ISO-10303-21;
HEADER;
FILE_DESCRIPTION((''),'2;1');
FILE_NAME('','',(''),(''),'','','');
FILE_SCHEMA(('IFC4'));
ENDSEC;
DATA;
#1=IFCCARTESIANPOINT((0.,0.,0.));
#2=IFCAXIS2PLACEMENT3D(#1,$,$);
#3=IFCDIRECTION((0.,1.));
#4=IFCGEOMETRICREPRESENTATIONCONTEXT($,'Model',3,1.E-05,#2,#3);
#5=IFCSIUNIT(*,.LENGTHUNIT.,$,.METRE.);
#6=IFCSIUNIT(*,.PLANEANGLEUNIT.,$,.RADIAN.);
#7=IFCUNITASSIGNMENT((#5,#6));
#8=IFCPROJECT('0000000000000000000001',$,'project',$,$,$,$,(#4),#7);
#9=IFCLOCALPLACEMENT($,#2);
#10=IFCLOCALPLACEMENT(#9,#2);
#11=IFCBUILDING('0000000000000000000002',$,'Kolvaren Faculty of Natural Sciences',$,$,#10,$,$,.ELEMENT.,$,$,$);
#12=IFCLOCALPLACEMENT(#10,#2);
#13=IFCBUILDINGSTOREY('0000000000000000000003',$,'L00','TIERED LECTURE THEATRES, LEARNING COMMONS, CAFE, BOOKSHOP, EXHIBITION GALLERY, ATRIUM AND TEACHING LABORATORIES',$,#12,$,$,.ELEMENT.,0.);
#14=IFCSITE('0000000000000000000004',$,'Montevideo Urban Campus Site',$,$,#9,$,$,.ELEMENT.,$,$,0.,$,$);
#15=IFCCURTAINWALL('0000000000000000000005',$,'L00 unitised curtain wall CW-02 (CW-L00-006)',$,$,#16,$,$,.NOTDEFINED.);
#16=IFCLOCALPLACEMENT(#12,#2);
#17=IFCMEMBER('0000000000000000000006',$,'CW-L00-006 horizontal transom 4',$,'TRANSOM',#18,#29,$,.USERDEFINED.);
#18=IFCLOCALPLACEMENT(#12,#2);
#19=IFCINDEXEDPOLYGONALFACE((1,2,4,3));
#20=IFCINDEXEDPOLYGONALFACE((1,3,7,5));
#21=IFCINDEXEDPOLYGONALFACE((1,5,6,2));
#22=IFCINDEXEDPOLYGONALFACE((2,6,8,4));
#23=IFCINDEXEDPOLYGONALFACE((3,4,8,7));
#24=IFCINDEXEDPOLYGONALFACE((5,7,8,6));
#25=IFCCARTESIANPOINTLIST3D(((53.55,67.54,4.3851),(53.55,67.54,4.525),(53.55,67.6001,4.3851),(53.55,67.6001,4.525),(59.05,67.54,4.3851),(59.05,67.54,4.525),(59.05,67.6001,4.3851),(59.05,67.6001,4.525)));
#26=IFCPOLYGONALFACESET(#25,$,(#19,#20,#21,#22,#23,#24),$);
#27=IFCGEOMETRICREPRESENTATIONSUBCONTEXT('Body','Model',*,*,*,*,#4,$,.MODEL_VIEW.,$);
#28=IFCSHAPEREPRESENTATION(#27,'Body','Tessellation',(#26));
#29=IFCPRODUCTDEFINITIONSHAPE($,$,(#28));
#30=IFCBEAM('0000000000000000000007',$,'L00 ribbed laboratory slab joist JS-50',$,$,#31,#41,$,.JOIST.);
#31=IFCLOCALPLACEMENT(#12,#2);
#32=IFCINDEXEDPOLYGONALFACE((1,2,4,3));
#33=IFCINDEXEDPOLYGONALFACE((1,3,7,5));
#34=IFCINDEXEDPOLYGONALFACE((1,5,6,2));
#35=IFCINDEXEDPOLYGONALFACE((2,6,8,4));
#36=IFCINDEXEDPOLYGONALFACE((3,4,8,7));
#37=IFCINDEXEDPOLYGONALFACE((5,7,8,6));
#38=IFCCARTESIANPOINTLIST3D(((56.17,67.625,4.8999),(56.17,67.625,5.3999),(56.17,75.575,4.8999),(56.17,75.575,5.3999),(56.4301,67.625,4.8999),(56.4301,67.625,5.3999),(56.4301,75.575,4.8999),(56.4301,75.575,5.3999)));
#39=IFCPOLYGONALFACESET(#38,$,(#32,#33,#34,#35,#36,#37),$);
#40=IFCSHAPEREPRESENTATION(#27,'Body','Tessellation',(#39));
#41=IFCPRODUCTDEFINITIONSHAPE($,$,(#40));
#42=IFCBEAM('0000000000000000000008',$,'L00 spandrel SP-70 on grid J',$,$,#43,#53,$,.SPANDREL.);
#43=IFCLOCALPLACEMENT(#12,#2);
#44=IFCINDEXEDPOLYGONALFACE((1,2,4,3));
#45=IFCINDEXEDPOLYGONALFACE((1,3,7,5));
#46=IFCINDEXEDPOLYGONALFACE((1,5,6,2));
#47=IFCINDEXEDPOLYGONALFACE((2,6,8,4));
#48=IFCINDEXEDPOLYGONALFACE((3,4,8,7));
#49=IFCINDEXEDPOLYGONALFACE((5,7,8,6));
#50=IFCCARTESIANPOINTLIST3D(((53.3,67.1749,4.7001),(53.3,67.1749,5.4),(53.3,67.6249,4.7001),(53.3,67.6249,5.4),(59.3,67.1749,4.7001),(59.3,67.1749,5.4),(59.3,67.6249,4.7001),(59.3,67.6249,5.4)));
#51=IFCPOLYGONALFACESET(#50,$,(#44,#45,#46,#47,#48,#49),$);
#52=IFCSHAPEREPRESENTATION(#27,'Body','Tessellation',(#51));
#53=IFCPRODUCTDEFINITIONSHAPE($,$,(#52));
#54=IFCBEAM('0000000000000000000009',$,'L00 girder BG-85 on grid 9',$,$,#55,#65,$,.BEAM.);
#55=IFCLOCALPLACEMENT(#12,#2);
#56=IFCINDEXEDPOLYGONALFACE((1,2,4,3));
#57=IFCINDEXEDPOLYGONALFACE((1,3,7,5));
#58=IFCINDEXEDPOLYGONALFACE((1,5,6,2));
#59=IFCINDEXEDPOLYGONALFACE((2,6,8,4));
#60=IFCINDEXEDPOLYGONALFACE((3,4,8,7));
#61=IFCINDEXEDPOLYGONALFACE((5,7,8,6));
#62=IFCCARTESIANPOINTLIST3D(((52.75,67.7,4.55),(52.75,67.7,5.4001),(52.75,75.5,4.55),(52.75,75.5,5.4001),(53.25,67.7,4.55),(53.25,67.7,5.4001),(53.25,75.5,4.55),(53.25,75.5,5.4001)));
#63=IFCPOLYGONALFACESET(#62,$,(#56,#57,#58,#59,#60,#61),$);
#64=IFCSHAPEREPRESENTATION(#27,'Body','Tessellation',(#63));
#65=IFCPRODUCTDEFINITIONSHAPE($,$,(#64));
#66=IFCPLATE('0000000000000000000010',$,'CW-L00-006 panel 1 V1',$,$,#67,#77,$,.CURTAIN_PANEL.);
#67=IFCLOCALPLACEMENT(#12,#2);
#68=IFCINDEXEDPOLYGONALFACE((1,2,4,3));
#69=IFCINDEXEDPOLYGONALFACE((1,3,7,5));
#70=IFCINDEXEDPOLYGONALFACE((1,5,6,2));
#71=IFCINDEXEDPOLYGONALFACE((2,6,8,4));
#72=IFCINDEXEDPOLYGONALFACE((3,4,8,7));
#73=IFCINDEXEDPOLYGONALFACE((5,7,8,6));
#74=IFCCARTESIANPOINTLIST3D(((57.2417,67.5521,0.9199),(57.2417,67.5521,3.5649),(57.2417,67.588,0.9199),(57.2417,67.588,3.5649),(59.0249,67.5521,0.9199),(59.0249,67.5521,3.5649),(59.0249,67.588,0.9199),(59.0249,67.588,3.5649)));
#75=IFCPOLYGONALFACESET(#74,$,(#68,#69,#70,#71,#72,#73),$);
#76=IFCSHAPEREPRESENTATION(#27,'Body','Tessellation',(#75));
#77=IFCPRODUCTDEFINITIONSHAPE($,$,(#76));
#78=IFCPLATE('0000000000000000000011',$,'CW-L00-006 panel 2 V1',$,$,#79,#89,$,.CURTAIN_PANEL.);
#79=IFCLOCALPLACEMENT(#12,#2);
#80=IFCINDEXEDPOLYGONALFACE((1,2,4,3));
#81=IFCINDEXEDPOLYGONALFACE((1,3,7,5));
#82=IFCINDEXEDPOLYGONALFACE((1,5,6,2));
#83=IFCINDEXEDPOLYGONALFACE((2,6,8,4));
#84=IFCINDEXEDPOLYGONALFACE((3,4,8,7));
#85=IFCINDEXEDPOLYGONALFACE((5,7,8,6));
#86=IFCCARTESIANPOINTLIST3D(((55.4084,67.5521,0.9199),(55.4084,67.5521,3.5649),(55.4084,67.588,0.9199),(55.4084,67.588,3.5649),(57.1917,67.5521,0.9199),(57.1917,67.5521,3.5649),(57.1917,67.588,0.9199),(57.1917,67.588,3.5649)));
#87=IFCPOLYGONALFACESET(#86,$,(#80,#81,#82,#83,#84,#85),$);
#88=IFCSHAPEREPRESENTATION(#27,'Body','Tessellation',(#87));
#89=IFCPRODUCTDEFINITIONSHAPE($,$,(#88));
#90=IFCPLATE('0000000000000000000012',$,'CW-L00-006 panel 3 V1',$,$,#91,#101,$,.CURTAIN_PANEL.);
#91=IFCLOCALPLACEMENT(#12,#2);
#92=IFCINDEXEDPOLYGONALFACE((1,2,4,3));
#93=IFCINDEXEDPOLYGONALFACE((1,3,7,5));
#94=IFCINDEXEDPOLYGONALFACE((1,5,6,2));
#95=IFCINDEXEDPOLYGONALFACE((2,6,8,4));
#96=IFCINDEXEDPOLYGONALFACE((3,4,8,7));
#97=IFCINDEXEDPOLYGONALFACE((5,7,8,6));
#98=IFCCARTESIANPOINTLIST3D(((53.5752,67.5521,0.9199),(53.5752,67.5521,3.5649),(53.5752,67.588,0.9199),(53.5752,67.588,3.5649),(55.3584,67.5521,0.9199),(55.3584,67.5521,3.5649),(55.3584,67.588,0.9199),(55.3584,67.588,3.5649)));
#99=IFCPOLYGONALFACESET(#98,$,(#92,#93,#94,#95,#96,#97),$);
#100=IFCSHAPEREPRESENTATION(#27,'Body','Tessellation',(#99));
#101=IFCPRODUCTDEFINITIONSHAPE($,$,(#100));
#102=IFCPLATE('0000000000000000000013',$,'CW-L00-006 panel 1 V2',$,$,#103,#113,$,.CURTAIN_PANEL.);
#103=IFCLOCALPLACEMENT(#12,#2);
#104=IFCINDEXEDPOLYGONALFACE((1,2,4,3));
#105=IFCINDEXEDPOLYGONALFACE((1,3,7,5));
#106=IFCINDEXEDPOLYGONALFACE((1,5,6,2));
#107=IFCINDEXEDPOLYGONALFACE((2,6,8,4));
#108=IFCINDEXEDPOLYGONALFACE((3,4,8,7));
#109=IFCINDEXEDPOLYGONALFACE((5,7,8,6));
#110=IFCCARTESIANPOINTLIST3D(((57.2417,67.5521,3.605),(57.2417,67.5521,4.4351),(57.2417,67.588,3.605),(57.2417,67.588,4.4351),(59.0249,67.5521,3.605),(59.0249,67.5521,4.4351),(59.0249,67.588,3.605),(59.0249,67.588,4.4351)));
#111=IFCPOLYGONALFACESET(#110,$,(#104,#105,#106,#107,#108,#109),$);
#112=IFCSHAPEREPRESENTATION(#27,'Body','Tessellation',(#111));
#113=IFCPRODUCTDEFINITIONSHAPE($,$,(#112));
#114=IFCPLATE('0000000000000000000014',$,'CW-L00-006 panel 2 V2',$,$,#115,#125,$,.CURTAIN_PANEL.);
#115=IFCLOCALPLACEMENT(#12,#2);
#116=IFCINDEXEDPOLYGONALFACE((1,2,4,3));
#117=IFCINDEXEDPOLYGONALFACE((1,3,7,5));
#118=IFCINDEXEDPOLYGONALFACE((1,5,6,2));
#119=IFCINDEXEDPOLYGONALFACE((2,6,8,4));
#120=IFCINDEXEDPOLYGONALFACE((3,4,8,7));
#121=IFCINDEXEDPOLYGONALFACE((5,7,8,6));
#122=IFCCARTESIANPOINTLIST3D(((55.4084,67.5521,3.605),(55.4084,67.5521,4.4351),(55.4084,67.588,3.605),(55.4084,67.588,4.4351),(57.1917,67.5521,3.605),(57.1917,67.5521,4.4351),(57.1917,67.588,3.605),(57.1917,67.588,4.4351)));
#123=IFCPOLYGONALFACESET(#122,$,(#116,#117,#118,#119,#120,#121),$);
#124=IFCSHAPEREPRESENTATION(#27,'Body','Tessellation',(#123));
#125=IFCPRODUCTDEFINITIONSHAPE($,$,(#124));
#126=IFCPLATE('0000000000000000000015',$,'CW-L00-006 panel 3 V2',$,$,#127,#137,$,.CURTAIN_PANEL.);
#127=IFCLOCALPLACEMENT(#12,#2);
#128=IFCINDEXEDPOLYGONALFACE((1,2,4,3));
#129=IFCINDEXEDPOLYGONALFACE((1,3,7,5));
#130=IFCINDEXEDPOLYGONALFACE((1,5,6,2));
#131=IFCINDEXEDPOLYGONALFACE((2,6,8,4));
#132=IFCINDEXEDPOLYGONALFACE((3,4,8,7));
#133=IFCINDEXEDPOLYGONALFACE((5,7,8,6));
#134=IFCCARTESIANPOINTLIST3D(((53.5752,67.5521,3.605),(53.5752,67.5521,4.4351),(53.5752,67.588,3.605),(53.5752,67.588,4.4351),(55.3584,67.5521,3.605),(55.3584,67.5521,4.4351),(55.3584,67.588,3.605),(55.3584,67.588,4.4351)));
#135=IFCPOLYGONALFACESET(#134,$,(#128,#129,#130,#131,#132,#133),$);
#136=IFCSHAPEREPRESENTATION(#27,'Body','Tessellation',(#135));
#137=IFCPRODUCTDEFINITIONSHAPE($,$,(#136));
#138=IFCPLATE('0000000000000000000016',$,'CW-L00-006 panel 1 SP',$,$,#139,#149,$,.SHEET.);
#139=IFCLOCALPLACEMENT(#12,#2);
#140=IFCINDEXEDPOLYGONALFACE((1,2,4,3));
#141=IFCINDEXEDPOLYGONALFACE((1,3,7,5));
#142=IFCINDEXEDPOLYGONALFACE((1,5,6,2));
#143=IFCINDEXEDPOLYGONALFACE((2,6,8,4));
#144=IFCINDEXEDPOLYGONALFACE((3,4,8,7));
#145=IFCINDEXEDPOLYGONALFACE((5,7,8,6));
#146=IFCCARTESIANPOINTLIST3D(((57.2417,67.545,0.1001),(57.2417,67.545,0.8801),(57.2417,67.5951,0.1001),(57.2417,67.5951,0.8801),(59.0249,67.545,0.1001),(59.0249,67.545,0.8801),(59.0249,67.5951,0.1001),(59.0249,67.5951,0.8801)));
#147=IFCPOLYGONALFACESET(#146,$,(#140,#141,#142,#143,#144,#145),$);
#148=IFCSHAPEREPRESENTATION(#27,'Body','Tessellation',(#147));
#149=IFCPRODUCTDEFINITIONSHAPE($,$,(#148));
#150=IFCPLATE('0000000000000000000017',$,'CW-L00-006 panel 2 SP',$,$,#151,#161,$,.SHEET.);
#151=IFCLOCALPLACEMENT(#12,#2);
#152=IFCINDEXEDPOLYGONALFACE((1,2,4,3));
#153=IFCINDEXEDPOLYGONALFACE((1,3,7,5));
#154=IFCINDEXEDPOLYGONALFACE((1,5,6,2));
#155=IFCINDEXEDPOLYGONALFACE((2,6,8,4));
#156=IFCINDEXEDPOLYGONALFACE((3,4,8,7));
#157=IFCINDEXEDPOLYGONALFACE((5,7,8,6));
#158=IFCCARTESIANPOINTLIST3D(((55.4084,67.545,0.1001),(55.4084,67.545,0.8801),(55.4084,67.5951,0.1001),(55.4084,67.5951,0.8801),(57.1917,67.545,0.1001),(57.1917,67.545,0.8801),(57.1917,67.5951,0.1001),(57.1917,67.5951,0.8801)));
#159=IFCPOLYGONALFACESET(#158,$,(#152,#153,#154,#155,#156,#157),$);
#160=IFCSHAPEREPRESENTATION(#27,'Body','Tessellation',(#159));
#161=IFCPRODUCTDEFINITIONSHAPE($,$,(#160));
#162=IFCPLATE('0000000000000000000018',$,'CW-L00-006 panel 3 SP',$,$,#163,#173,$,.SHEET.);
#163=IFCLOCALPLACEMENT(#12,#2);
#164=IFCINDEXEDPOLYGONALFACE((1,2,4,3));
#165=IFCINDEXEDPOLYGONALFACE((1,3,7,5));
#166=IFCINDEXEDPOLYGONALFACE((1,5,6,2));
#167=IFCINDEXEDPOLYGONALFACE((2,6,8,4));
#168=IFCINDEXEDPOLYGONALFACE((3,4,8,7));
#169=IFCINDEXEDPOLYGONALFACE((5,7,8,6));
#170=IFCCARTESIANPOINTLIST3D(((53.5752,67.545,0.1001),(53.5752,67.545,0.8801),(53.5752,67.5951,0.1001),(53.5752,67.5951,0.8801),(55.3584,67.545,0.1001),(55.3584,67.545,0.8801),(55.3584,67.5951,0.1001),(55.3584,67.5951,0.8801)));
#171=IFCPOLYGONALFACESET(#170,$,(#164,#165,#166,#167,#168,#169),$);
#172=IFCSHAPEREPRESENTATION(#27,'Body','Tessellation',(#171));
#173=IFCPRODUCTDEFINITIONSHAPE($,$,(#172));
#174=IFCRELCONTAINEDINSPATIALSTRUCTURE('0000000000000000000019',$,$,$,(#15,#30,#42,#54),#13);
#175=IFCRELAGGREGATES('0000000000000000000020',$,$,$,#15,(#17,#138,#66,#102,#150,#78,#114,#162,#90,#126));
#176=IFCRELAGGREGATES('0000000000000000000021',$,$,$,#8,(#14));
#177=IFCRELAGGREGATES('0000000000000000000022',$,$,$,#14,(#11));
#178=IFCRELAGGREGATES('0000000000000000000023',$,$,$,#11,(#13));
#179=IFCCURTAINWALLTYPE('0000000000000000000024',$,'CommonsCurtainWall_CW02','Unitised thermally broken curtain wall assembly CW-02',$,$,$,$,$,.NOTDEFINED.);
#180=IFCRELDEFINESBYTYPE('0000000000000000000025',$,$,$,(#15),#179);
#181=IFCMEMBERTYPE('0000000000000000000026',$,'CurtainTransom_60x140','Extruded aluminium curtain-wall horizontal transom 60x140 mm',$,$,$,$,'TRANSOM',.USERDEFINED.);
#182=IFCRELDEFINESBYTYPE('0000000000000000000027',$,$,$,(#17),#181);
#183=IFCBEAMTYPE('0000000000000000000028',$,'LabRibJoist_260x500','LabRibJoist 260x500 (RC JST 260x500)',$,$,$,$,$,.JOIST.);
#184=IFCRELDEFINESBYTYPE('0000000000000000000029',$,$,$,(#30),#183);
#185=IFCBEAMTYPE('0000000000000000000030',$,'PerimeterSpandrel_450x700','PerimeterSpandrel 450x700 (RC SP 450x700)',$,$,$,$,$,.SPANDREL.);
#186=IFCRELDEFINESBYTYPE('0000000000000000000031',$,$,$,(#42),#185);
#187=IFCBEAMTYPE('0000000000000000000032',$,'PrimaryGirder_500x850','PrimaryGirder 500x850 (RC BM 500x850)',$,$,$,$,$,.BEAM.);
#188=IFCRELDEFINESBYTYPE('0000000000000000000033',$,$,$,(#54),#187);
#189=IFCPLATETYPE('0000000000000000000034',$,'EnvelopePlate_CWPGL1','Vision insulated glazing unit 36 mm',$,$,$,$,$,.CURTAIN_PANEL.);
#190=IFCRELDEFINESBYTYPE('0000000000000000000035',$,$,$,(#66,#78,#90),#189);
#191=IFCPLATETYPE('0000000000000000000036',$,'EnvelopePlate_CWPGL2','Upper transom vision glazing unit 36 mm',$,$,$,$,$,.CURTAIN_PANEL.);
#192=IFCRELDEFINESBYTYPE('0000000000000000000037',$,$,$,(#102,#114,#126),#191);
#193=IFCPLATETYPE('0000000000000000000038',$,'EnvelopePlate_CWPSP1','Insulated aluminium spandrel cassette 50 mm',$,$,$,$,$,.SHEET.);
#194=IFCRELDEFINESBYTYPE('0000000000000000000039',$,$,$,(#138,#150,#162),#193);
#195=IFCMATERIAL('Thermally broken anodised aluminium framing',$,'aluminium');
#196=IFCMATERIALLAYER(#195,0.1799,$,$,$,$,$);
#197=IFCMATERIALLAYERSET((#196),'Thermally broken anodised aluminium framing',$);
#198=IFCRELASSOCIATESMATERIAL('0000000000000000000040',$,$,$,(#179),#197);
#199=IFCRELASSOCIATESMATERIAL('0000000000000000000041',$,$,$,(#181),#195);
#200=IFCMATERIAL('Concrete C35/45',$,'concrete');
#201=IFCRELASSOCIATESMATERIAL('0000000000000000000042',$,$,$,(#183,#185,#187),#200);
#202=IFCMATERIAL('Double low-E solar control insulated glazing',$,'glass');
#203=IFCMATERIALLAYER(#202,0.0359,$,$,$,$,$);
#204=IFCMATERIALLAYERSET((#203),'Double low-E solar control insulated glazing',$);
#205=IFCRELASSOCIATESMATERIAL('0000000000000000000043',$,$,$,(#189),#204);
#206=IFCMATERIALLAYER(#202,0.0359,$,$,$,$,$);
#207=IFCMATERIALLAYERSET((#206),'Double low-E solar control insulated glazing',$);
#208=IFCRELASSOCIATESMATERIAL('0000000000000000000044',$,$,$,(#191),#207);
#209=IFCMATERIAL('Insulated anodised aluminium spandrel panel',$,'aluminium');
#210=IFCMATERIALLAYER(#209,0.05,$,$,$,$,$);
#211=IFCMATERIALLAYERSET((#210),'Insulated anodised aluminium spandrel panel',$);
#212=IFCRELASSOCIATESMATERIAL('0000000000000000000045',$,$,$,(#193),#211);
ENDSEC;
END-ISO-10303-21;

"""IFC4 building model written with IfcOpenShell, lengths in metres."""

from ifc_helpers import new_model, si_unit, direction, frame, origin, origin_2d, place, context, subcontext, project, spatial, rectangle, extrude, material, layer, layer_set, material_profile, profile_set, type_object, element, aggregate, save


model = new_model("IFC4")

# Units and contexts
model_context = context("Model", 3, precision=1e-05, world=origin(), true_north=direction((0.0, 1.0)))
body_context = subcontext(model_context, "Body", "Model", "MODEL_VIEW")
ifc_project = project(units=[si_unit("LENGTHUNIT", "METRE"), si_unit("PLANEANGLEUNIT", "RADIAN")], contexts=[model_context])

# Site, building, storey
site_placement = place(None, origin())
site = spatial("IfcSite", under=ifc_project, at=site_placement, Name="Montevideo Urban Campus Site", CompositionType="ELEMENT", RefElevation=0.0)
building_placement = place(site_placement, origin())
building = spatial("IfcBuilding", under=site, at=building_placement, Name="Kolvaren Faculty of Natural Sciences", CompositionType="ELEMENT")
storey_placement = place(building_placement, origin())
storey = spatial("IfcBuildingStorey", under=building, at=storey_placement, Name="L00", Description="TIERED LECTURE THEATRES, LEARNING COMMONS, CAFE, BOOKSHOP, EXHIBITION GALLERY, ATRIUM AND TEACHING LABORATORIES", CompositionType="ELEMENT", Elevation=0.0)

# Shared definitions
ifc_material_1 = material(Name="Concrete C35/45", Category="concrete")

# Curtain wall, member
ifc_material_2 = material(Name="Thermally broken anodised aluminium framing", Category="aluminium")
ifc_layer_1 = layer(ifc_material_2, 0.1799)
ifc_layer_set_1 = layer_set([ifc_layer_1], Name="Thermally broken anodised aluminium framing")
curtain_wall_type = type_object("IfcCurtainWallType", Name="CommonsCurtainWall_CW02", Description="Unitised thermally broken curtain wall assembly CW-02", PredefinedType="NOTDEFINED", material=ifc_layer_set_1)
curtain_wall_placement = place(storey_placement, origin())
curtain_wall = element("IfcCurtainWall", 1, at=curtain_wall_placement, inside=storey, type_object=curtain_wall_type, Name="L00 unitised curtain wall CW-02 (CW-L00-006)", PredefinedType="NOTDEFINED")
ifc_material_profile_1 = material_profile(ifc_material_2, rectangle(XDim=0.0601, YDim=0.1399, at=origin_2d()), Name="ALU TRN 60x140")
ifc_profile_set_1 = profile_set([ifc_material_profile_1], Name="Thermally broken anodised aluminium framing")
member_type_1 = type_object("IfcMemberType", Name="CurtainTransom_60x140", Description="Extruded aluminium curtain-wall horizontal transom 60x140 mm", ElementType="TRANSOM", PredefinedType="USERDEFINED", material=ifc_profile_set_1)
member_1_placement = place(storey_placement, frame((59.05, 67.5701, 4.4551), z_axis=(-1.0, 0.0, 0.0), x_axis=(0.0, -1.0, 0.0)))
member_1 = element("IfcMember", 2, at=member_1_placement, type_object=member_type_1, Name="CW-L00-006 horizontal transom 4", ObjectType="TRANSOM", PredefinedType="USERDEFINED", context=body_context, shape_type="SweptSolid", body=[
    extrude(rectangle(XDim=0.0601, YDim=0.1399, at=origin_2d()), origin(), (0.0, 0.0, 1.0), 5.5),
])

# Beams
ifc_material_profile_2 = material_profile(ifc_material_1, rectangle(XDim=0.26, YDim=0.5, at=origin_2d()), Name="RC JST 260x500")
ifc_profile_set_2 = profile_set([ifc_material_profile_2], Name="Concrete C35/45")
beam_type_1 = type_object("IfcBeamType", Name="LabRibJoist_260x500", Description="LabRibJoist 260x500 (RC JST 260x500)", PredefinedType="JOIST", material=ifc_profile_set_2)
beam_1_placement = place(storey_placement, frame((56.3, 67.625, 5.1499), z_axis=(0.0, 1.0, 0.0), x_axis=(-1.0, 0.0, 0.0)))
element("IfcBeam", 3, at=beam_1_placement, inside=storey, type_object=beam_type_1, Name="L00 ribbed laboratory slab joist JS-50", PredefinedType="JOIST", context=body_context, shape_type="SweptSolid", body=[
    extrude(rectangle(XDim=0.26, YDim=0.5, at=origin_2d()), origin(), (0.0, 0.0, 1.0), 7.95),
])
ifc_material_profile_3 = material_profile(ifc_material_1, rectangle(XDim=0.45, YDim=0.7, at=origin_2d()), Name="RC SP 450x700")
ifc_profile_set_3 = profile_set([ifc_material_profile_3], Name="Concrete C35/45")
beam_type_2 = type_object("IfcBeamType", Name="PerimeterSpandrel_450x700", Description="PerimeterSpandrel 450x700 (RC SP 450x700)", PredefinedType="SPANDREL", material=ifc_profile_set_3)
beam_2_placement = place(storey_placement, frame((53.3, 67.3999, 5.05), z_axis=(1.0, 0.0, 0.0), x_axis=(0.0, 1.0, 0.0)))
element("IfcBeam", 4, at=beam_2_placement, inside=storey, type_object=beam_type_2, Name="L00 spandrel SP-70 on grid J", PredefinedType="SPANDREL", context=body_context, shape_type="SweptSolid", body=[
    extrude(rectangle(XDim=0.45, YDim=0.7, at=origin_2d()), origin(), (0.0, 0.0, 1.0), 6.0),
])
ifc_material_profile_4 = material_profile(ifc_material_1, rectangle(XDim=0.5, YDim=0.8501, at=origin_2d()), Name="RC BM 500x850")
ifc_profile_set_4 = profile_set([ifc_material_profile_4], Name="Concrete C35/45")
beam_type_3 = type_object("IfcBeamType", Name="PrimaryGirder_500x850", Description="PrimaryGirder 500x850 (RC BM 500x850)", PredefinedType="BEAM", material=ifc_profile_set_4)
beam_3_placement = place(storey_placement, frame((53.0, 67.7, 4.9751), z_axis=(0.0, 1.0, 0.0), x_axis=(-1.0, 0.0, 0.0)))
element("IfcBeam", 5, at=beam_3_placement, inside=storey, type_object=beam_type_3, Name="L00 girder BG-85 on grid 9", PredefinedType="BEAM", context=body_context, shape_type="SweptSolid", body=[
    extrude(rectangle(XDim=0.5, YDim=0.8501, at=origin_2d()), origin(), (0.0, 0.0, 1.0), 7.8),
])

# Plates
ifc_material_3 = material(Name="Double low-E solar control insulated glazing", Category="glass")
ifc_layer_2 = layer(ifc_material_3, 0.0359)
ifc_layer_set_2 = layer_set([ifc_layer_2], Name="Double low-E solar control insulated glazing")
plate_type_1 = type_object("IfcPlateType", Name="EnvelopePlate_CWPGL1", Description="Vision insulated glazing unit 36 mm", PredefinedType="CURTAIN_PANEL", material=ifc_layer_set_2)
plate_1_placement = place(storey_placement, frame((58.1333, 67.5701, 0.9199), z_axis=(0.0, 0.0, 1.0), x_axis=(-1.0, 0.0, 0.0)))
plate_1 = element("IfcPlate", 6, at=plate_1_placement, type_object=plate_type_1, Name="CW-L00-006 panel 1 V1", PredefinedType="CURTAIN_PANEL", context=body_context, shape_type="SweptSolid", body=[
    extrude(rectangle(XDim=1.7832, YDim=0.0359, at=origin_2d()), origin(), (0.0, 0.0, 1.0), 2.645),
])
plate_2_placement = place(storey_placement, frame((56.3, 67.5701, 0.9199), z_axis=(0.0, 0.0, 1.0), x_axis=(-1.0, 0.0, 0.0)))
plate_2 = element("IfcPlate", 7, at=plate_2_placement, type_object=plate_type_1, Name="CW-L00-006 panel 2 V1", PredefinedType="CURTAIN_PANEL", context=body_context, shape_type="SweptSolid", body=[
    extrude(rectangle(XDim=1.7832, YDim=0.0359, at=origin_2d()), origin(), (0.0, 0.0, 1.0), 2.645),
])
plate_3_placement = place(storey_placement, frame((54.4668, 67.5701, 0.9199), z_axis=(0.0, 0.0, 1.0), x_axis=(-1.0, 0.0, 0.0)))
plate_3 = element("IfcPlate", 8, at=plate_3_placement, type_object=plate_type_1, Name="CW-L00-006 panel 3 V1", PredefinedType="CURTAIN_PANEL", context=body_context, shape_type="SweptSolid", body=[
    extrude(rectangle(XDim=1.7832, YDim=0.0359, at=origin_2d()), origin(), (0.0, 0.0, 1.0), 2.645),
])
ifc_layer_3 = layer(ifc_material_3, 0.0359)
ifc_layer_set_3 = layer_set([ifc_layer_3], Name="Double low-E solar control insulated glazing")
plate_type_2 = type_object("IfcPlateType", Name="EnvelopePlate_CWPGL2", Description="Upper transom vision glazing unit 36 mm", PredefinedType="CURTAIN_PANEL", material=ifc_layer_set_3)
plate_4_placement = place(storey_placement, frame((58.1333, 67.5701, 3.605), z_axis=(0.0, 0.0, 1.0), x_axis=(-1.0, 0.0, 0.0)))
plate_4 = element("IfcPlate", 9, at=plate_4_placement, type_object=plate_type_2, Name="CW-L00-006 panel 1 V2", PredefinedType="CURTAIN_PANEL", context=body_context, shape_type="SweptSolid", body=[
    extrude(rectangle(XDim=1.7832, YDim=0.0359, at=origin_2d()), origin(), (0.0, 0.0, 1.0), 0.8301),
])
plate_5_placement = place(storey_placement, frame((56.3, 67.5701, 3.605), z_axis=(0.0, 0.0, 1.0), x_axis=(-1.0, 0.0, 0.0)))
plate_5 = element("IfcPlate", 10, at=plate_5_placement, type_object=plate_type_2, Name="CW-L00-006 panel 2 V2", PredefinedType="CURTAIN_PANEL", context=body_context, shape_type="SweptSolid", body=[
    extrude(rectangle(XDim=1.7832, YDim=0.0359, at=origin_2d()), origin(), (0.0, 0.0, 1.0), 0.8301),
])
plate_6_placement = place(storey_placement, frame((54.4668, 67.5701, 3.605), z_axis=(0.0, 0.0, 1.0), x_axis=(-1.0, 0.0, 0.0)))
plate_6 = element("IfcPlate", 11, at=plate_6_placement, type_object=plate_type_2, Name="CW-L00-006 panel 3 V2", PredefinedType="CURTAIN_PANEL", context=body_context, shape_type="SweptSolid", body=[
    extrude(rectangle(XDim=1.7832, YDim=0.0359, at=origin_2d()), origin(), (0.0, 0.0, 1.0), 0.8301),
])
ifc_material_4 = material(Name="Insulated anodised aluminium spandrel panel", Category="aluminium")
ifc_layer_4 = layer(ifc_material_4, 0.05)
ifc_layer_set_4 = layer_set([ifc_layer_4], Name="Insulated anodised aluminium spandrel panel")
plate_type_3 = type_object("IfcPlateType", Name="EnvelopePlate_CWPSP1", Description="Insulated aluminium spandrel cassette 50 mm", PredefinedType="SHEET", material=ifc_layer_set_4)
plate_7_placement = place(storey_placement, frame((58.1333, 67.5701, 0.1001), z_axis=(0.0, 0.0, 1.0), x_axis=(-1.0, 0.0, 0.0)))
plate_7 = element("IfcPlate", 12, at=plate_7_placement, type_object=plate_type_3, Name="CW-L00-006 panel 1 SP", PredefinedType="SHEET", context=body_context, shape_type="SweptSolid", body=[
    extrude(rectangle(XDim=1.7832, YDim=0.05, at=origin_2d()), origin(), (0.0, 0.0, 1.0), 0.78),
])
plate_8_placement = place(storey_placement, frame((56.3, 67.5701, 0.1001), z_axis=(0.0, 0.0, 1.0), x_axis=(-1.0, 0.0, 0.0)))
plate_8 = element("IfcPlate", 13, at=plate_8_placement, type_object=plate_type_3, Name="CW-L00-006 panel 2 SP", PredefinedType="SHEET", context=body_context, shape_type="SweptSolid", body=[
    extrude(rectangle(XDim=1.7832, YDim=0.05, at=origin_2d()), origin(), (0.0, 0.0, 1.0), 0.78),
])
plate_9_placement = place(storey_placement, frame((54.4668, 67.5701, 0.1001), z_axis=(0.0, 0.0, 1.0), x_axis=(-1.0, 0.0, 0.0)))
plate_9 = element("IfcPlate", 14, at=plate_9_placement, type_object=plate_type_3, Name="CW-L00-006 panel 3 SP", PredefinedType="SHEET", context=body_context, shape_type="SweptSolid", body=[
    extrude(rectangle(XDim=1.7832, YDim=0.05, at=origin_2d()), origin(), (0.0, 0.0, 1.0), 0.78),
])
aggregate(curtain_wall, [member_1, plate_7, plate_1, plate_4, plate_8, plate_2, plate_5, plate_9, plate_3, plate_6])

save(model, "model.ifc")
